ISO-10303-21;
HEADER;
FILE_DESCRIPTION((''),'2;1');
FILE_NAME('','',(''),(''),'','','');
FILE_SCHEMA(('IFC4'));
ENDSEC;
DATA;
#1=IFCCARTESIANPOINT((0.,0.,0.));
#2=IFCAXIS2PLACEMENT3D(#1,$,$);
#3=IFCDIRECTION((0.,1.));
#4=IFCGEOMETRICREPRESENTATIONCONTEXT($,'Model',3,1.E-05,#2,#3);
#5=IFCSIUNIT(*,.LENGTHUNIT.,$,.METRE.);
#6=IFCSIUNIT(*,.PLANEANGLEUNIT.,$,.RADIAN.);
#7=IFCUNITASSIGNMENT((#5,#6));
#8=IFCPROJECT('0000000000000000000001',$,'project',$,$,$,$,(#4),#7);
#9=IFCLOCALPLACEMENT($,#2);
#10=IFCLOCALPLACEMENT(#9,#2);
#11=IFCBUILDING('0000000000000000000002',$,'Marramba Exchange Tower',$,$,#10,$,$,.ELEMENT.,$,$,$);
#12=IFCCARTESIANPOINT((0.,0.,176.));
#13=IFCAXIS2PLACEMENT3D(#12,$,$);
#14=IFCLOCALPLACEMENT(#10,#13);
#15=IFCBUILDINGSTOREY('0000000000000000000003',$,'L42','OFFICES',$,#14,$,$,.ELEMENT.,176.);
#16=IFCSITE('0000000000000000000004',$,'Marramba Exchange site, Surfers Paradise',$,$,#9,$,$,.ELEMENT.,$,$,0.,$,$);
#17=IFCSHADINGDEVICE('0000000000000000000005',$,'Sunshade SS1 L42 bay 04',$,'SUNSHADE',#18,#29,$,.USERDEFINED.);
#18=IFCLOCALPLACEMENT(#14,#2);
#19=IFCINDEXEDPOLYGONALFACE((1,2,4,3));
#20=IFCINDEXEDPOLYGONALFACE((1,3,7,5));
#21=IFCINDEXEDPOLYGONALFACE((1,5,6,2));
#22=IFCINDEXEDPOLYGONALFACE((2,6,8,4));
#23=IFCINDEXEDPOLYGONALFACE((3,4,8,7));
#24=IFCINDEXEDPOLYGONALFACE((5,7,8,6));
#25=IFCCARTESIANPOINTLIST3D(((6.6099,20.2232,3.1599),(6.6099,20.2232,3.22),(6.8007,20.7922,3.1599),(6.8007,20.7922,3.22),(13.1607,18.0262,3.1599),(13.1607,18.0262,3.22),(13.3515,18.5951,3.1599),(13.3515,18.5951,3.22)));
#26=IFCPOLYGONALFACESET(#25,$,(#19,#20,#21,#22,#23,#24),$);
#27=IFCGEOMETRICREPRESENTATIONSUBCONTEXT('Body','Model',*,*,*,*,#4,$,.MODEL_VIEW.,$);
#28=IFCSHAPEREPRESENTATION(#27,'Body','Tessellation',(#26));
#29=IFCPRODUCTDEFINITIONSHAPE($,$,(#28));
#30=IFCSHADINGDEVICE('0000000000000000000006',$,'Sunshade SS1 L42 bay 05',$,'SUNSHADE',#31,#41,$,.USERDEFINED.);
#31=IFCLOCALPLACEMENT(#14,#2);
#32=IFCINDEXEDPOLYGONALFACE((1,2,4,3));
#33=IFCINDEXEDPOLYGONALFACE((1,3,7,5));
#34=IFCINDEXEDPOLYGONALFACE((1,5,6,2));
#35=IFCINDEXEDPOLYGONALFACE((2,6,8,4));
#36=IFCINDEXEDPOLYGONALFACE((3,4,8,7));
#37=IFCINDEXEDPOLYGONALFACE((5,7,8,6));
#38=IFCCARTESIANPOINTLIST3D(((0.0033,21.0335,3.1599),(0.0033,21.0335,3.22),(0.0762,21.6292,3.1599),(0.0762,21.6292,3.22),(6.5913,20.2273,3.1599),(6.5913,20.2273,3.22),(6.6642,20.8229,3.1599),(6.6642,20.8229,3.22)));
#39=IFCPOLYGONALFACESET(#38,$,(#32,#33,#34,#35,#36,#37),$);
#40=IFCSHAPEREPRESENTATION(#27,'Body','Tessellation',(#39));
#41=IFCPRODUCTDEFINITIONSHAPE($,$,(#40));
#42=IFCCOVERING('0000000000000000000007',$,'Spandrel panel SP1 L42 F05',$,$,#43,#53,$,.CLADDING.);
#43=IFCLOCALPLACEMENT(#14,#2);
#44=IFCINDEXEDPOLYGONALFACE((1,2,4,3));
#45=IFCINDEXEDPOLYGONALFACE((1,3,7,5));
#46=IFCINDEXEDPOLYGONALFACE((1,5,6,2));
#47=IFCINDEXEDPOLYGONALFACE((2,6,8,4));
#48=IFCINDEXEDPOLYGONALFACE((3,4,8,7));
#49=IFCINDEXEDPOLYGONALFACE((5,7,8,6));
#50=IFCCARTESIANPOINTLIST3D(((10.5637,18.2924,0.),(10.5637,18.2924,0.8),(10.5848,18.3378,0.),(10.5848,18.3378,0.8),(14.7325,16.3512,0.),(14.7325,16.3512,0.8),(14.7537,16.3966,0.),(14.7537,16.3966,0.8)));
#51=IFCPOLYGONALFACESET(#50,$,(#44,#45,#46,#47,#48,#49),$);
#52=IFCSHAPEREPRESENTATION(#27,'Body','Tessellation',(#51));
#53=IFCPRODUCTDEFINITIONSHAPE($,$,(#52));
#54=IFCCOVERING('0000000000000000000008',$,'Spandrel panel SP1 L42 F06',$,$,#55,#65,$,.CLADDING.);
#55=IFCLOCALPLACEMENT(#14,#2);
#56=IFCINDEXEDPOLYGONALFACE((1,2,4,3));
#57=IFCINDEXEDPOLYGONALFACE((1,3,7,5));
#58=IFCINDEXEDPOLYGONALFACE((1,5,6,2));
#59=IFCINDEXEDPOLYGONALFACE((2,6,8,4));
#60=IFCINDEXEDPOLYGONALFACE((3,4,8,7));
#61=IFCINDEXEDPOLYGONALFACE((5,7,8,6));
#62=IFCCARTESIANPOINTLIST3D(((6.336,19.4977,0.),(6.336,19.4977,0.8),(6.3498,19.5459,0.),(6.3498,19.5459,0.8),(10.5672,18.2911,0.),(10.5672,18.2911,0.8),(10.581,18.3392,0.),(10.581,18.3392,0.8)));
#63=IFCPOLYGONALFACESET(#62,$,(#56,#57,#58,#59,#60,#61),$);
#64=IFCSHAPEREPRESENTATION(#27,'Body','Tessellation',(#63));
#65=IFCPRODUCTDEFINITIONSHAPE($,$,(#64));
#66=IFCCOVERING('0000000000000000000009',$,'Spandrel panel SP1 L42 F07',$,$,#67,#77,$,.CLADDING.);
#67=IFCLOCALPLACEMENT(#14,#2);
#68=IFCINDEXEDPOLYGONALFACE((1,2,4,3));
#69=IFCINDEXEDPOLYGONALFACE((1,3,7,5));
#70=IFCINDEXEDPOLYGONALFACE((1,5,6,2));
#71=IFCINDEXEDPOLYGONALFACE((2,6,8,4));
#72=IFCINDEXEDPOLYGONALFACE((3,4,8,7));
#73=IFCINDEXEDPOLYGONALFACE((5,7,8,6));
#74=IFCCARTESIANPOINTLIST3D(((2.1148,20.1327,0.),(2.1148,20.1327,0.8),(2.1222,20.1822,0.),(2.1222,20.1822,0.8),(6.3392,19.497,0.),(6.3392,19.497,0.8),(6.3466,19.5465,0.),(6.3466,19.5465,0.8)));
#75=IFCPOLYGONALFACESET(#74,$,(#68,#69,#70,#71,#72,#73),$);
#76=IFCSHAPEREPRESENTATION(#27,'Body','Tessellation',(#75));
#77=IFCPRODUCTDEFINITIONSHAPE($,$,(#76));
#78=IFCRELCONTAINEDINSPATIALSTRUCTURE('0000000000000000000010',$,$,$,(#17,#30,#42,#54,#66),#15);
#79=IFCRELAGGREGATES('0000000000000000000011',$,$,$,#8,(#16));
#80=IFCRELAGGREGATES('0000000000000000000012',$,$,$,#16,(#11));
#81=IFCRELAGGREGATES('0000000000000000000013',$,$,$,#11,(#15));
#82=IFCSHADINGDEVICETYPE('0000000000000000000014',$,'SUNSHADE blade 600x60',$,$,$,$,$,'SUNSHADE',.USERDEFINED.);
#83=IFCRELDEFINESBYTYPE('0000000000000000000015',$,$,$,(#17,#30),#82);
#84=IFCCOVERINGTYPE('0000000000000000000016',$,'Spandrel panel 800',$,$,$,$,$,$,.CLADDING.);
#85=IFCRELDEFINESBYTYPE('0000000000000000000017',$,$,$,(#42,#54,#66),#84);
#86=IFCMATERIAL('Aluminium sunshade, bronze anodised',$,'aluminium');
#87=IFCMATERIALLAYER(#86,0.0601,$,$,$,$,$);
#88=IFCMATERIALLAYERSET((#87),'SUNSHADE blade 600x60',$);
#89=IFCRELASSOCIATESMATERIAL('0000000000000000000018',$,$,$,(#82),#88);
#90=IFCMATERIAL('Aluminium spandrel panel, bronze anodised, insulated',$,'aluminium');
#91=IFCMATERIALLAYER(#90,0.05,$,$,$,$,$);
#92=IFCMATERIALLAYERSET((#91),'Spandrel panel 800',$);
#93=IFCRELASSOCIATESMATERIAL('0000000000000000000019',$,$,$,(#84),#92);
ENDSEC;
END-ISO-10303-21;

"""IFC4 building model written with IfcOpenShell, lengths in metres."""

from ifc_helpers import new_model, si_unit, direction, frame, origin, origin_2d, place, context, subcontext, project, spatial, rectangle, extrude, material, layer, layer_set, type_object, element, save


model = new_model("IFC4")

# Units and contexts
model_context = context("Model", 3, precision=1e-05, world=origin(), true_north=direction((0.0, 1.0)))
body_context = subcontext(model_context, "Body", "Model", "MODEL_VIEW")
ifc_project = project(units=[si_unit("LENGTHUNIT", "METRE"), si_unit("PLANEANGLEUNIT", "RADIAN")], contexts=[model_context])

# Site, building, storey
site_placement = place(None, origin())
site = spatial("IfcSite", under=ifc_project, at=site_placement, Name="Marramba Exchange site, Surfers Paradise", CompositionType="ELEMENT", RefElevation=0.0)
building_placement = place(site_placement, origin())
building = spatial("IfcBuilding", under=site, at=building_placement, Name="Marramba Exchange Tower", CompositionType="ELEMENT")
storey_placement = place(building_placement, frame((0.0, 0.0, 176.0)))
storey = spatial("IfcBuildingStorey", under=building, at=storey_placement, Name="L42", Description="OFFICES", CompositionType="ELEMENT", Elevation=176.0)

# Shading devices
ifc_material_1 = material(Name="Aluminium sunshade, bronze anodised", Category="aluminium")
ifc_layer_1 = layer(ifc_material_1, 0.0601)
ifc_layer_set_1 = layer_set([ifc_layer_1], Name="SUNSHADE blade 600x60")
shading_device_type_1 = type_object("IfcShadingDeviceType", Name="SUNSHADE blade 600x60", ElementType="SUNSHADE", PredefinedType="USERDEFINED", material=ifc_layer_set_1)
shading_device_1_placement = place(storey_placement, frame((9.9807, 19.4092, 3.1599), z_axis=(0.0, 0.0, 1.0), x_axis=(-0.948096, 0.317983, 0.0)))
element("IfcShadingDevice", 1, at=shading_device_1_placement, inside=storey, type_object=shading_device_type_1, Name="Sunshade SS1 L42 bay 04", ObjectType="SUNSHADE", PredefinedType="USERDEFINED", context=body_context, shape_type="SweptSolid", body=[
    extrude(rectangle(XDim=6.9094, YDim=0.6001, at=origin_2d()), origin(), (0.0, 0.0, 1.0), 0.0601),
])
shading_device_2_placement = place(storey_placement, frame((3.3337, 20.9282, 3.1599), z_axis=(0.0, 0.0, 1.0), x_axis=(-0.992595, 0.121469, 0.0)))
element("IfcShadingDevice", 2, at=shading_device_2_placement, inside=storey, type_object=shading_device_type_1, Name="Sunshade SS1 L42 bay 05", ObjectType="SUNSHADE", PredefinedType="USERDEFINED", context=body_context, shape_type="SweptSolid", body=[
    extrude(rectangle(XDim=6.6372, YDim=0.6001, at=origin_2d()), origin(), (0.0, 0.0, 1.0), 0.0601),
])

# Coverings
ifc_material_2 = material(Name="Aluminium spandrel panel, bronze anodised, insulated", Category="aluminium")
ifc_layer_2 = layer(ifc_material_2, 0.05)
ifc_layer_set_2 = layer_set([ifc_layer_2], Name="Spandrel panel 800")
covering_type = type_object("IfcCoveringType", Name="Spandrel panel 800", PredefinedType="CLADDING", material=ifc_layer_set_2)
covering_1_placement = place(storey_placement, frame((12.6587, 17.3445, 0.0), z_axis=(0.0, 0.0, 1.0), x_axis=(-0.906534, 0.422133, 0.0)))
element("IfcCovering", 3, at=covering_1_placement, inside=storey, type_object=covering_type, Name="Spandrel panel SP1 L42 F05", PredefinedType="CLADDING", context=body_context, shape_type="SweptSolid", body=[
    extrude(rectangle(XDim=4.5986, YDim=0.05, at=origin_2d()), origin(), (0.0, 0.0, 1.0), 0.8),
])
covering_2_placement = place(storey_placement, frame((8.4585, 18.9185, 0.0), z_axis=(0.0, 0.0, 1.0), x_axis=(-0.961659, 0.274248, 0.0)))
element("IfcCovering", 4, at=covering_2_placement, inside=storey, type_object=covering_type, Name="Spandrel panel SP1 L42 F06", PredefinedType="CLADDING", context=body_context, shape_type="SweptSolid", body=[
    extrude(rectangle(XDim=4.3999, YDim=0.05, at=origin_2d()), origin(), (0.0, 0.0, 1.0), 0.8),
])
covering_3_placement = place(storey_placement, frame((4.2307, 19.8396, 0.0), z_axis=(0.0, 0.0, 1.0), x_axis=(-0.988868, 0.148795, 0.0)))
element("IfcCovering", 5, at=covering_3_placement, inside=storey, type_object=covering_type, Name="Spandrel panel SP1 L42 F07", PredefinedType="CLADDING", context=body_context, shape_type="SweptSolid", body=[
    extrude(rectangle(XDim=4.272, YDim=0.05, at=origin_2d()), origin(), (0.0, 0.0, 1.0), 0.8),
])

save(model, "model.ifc")
